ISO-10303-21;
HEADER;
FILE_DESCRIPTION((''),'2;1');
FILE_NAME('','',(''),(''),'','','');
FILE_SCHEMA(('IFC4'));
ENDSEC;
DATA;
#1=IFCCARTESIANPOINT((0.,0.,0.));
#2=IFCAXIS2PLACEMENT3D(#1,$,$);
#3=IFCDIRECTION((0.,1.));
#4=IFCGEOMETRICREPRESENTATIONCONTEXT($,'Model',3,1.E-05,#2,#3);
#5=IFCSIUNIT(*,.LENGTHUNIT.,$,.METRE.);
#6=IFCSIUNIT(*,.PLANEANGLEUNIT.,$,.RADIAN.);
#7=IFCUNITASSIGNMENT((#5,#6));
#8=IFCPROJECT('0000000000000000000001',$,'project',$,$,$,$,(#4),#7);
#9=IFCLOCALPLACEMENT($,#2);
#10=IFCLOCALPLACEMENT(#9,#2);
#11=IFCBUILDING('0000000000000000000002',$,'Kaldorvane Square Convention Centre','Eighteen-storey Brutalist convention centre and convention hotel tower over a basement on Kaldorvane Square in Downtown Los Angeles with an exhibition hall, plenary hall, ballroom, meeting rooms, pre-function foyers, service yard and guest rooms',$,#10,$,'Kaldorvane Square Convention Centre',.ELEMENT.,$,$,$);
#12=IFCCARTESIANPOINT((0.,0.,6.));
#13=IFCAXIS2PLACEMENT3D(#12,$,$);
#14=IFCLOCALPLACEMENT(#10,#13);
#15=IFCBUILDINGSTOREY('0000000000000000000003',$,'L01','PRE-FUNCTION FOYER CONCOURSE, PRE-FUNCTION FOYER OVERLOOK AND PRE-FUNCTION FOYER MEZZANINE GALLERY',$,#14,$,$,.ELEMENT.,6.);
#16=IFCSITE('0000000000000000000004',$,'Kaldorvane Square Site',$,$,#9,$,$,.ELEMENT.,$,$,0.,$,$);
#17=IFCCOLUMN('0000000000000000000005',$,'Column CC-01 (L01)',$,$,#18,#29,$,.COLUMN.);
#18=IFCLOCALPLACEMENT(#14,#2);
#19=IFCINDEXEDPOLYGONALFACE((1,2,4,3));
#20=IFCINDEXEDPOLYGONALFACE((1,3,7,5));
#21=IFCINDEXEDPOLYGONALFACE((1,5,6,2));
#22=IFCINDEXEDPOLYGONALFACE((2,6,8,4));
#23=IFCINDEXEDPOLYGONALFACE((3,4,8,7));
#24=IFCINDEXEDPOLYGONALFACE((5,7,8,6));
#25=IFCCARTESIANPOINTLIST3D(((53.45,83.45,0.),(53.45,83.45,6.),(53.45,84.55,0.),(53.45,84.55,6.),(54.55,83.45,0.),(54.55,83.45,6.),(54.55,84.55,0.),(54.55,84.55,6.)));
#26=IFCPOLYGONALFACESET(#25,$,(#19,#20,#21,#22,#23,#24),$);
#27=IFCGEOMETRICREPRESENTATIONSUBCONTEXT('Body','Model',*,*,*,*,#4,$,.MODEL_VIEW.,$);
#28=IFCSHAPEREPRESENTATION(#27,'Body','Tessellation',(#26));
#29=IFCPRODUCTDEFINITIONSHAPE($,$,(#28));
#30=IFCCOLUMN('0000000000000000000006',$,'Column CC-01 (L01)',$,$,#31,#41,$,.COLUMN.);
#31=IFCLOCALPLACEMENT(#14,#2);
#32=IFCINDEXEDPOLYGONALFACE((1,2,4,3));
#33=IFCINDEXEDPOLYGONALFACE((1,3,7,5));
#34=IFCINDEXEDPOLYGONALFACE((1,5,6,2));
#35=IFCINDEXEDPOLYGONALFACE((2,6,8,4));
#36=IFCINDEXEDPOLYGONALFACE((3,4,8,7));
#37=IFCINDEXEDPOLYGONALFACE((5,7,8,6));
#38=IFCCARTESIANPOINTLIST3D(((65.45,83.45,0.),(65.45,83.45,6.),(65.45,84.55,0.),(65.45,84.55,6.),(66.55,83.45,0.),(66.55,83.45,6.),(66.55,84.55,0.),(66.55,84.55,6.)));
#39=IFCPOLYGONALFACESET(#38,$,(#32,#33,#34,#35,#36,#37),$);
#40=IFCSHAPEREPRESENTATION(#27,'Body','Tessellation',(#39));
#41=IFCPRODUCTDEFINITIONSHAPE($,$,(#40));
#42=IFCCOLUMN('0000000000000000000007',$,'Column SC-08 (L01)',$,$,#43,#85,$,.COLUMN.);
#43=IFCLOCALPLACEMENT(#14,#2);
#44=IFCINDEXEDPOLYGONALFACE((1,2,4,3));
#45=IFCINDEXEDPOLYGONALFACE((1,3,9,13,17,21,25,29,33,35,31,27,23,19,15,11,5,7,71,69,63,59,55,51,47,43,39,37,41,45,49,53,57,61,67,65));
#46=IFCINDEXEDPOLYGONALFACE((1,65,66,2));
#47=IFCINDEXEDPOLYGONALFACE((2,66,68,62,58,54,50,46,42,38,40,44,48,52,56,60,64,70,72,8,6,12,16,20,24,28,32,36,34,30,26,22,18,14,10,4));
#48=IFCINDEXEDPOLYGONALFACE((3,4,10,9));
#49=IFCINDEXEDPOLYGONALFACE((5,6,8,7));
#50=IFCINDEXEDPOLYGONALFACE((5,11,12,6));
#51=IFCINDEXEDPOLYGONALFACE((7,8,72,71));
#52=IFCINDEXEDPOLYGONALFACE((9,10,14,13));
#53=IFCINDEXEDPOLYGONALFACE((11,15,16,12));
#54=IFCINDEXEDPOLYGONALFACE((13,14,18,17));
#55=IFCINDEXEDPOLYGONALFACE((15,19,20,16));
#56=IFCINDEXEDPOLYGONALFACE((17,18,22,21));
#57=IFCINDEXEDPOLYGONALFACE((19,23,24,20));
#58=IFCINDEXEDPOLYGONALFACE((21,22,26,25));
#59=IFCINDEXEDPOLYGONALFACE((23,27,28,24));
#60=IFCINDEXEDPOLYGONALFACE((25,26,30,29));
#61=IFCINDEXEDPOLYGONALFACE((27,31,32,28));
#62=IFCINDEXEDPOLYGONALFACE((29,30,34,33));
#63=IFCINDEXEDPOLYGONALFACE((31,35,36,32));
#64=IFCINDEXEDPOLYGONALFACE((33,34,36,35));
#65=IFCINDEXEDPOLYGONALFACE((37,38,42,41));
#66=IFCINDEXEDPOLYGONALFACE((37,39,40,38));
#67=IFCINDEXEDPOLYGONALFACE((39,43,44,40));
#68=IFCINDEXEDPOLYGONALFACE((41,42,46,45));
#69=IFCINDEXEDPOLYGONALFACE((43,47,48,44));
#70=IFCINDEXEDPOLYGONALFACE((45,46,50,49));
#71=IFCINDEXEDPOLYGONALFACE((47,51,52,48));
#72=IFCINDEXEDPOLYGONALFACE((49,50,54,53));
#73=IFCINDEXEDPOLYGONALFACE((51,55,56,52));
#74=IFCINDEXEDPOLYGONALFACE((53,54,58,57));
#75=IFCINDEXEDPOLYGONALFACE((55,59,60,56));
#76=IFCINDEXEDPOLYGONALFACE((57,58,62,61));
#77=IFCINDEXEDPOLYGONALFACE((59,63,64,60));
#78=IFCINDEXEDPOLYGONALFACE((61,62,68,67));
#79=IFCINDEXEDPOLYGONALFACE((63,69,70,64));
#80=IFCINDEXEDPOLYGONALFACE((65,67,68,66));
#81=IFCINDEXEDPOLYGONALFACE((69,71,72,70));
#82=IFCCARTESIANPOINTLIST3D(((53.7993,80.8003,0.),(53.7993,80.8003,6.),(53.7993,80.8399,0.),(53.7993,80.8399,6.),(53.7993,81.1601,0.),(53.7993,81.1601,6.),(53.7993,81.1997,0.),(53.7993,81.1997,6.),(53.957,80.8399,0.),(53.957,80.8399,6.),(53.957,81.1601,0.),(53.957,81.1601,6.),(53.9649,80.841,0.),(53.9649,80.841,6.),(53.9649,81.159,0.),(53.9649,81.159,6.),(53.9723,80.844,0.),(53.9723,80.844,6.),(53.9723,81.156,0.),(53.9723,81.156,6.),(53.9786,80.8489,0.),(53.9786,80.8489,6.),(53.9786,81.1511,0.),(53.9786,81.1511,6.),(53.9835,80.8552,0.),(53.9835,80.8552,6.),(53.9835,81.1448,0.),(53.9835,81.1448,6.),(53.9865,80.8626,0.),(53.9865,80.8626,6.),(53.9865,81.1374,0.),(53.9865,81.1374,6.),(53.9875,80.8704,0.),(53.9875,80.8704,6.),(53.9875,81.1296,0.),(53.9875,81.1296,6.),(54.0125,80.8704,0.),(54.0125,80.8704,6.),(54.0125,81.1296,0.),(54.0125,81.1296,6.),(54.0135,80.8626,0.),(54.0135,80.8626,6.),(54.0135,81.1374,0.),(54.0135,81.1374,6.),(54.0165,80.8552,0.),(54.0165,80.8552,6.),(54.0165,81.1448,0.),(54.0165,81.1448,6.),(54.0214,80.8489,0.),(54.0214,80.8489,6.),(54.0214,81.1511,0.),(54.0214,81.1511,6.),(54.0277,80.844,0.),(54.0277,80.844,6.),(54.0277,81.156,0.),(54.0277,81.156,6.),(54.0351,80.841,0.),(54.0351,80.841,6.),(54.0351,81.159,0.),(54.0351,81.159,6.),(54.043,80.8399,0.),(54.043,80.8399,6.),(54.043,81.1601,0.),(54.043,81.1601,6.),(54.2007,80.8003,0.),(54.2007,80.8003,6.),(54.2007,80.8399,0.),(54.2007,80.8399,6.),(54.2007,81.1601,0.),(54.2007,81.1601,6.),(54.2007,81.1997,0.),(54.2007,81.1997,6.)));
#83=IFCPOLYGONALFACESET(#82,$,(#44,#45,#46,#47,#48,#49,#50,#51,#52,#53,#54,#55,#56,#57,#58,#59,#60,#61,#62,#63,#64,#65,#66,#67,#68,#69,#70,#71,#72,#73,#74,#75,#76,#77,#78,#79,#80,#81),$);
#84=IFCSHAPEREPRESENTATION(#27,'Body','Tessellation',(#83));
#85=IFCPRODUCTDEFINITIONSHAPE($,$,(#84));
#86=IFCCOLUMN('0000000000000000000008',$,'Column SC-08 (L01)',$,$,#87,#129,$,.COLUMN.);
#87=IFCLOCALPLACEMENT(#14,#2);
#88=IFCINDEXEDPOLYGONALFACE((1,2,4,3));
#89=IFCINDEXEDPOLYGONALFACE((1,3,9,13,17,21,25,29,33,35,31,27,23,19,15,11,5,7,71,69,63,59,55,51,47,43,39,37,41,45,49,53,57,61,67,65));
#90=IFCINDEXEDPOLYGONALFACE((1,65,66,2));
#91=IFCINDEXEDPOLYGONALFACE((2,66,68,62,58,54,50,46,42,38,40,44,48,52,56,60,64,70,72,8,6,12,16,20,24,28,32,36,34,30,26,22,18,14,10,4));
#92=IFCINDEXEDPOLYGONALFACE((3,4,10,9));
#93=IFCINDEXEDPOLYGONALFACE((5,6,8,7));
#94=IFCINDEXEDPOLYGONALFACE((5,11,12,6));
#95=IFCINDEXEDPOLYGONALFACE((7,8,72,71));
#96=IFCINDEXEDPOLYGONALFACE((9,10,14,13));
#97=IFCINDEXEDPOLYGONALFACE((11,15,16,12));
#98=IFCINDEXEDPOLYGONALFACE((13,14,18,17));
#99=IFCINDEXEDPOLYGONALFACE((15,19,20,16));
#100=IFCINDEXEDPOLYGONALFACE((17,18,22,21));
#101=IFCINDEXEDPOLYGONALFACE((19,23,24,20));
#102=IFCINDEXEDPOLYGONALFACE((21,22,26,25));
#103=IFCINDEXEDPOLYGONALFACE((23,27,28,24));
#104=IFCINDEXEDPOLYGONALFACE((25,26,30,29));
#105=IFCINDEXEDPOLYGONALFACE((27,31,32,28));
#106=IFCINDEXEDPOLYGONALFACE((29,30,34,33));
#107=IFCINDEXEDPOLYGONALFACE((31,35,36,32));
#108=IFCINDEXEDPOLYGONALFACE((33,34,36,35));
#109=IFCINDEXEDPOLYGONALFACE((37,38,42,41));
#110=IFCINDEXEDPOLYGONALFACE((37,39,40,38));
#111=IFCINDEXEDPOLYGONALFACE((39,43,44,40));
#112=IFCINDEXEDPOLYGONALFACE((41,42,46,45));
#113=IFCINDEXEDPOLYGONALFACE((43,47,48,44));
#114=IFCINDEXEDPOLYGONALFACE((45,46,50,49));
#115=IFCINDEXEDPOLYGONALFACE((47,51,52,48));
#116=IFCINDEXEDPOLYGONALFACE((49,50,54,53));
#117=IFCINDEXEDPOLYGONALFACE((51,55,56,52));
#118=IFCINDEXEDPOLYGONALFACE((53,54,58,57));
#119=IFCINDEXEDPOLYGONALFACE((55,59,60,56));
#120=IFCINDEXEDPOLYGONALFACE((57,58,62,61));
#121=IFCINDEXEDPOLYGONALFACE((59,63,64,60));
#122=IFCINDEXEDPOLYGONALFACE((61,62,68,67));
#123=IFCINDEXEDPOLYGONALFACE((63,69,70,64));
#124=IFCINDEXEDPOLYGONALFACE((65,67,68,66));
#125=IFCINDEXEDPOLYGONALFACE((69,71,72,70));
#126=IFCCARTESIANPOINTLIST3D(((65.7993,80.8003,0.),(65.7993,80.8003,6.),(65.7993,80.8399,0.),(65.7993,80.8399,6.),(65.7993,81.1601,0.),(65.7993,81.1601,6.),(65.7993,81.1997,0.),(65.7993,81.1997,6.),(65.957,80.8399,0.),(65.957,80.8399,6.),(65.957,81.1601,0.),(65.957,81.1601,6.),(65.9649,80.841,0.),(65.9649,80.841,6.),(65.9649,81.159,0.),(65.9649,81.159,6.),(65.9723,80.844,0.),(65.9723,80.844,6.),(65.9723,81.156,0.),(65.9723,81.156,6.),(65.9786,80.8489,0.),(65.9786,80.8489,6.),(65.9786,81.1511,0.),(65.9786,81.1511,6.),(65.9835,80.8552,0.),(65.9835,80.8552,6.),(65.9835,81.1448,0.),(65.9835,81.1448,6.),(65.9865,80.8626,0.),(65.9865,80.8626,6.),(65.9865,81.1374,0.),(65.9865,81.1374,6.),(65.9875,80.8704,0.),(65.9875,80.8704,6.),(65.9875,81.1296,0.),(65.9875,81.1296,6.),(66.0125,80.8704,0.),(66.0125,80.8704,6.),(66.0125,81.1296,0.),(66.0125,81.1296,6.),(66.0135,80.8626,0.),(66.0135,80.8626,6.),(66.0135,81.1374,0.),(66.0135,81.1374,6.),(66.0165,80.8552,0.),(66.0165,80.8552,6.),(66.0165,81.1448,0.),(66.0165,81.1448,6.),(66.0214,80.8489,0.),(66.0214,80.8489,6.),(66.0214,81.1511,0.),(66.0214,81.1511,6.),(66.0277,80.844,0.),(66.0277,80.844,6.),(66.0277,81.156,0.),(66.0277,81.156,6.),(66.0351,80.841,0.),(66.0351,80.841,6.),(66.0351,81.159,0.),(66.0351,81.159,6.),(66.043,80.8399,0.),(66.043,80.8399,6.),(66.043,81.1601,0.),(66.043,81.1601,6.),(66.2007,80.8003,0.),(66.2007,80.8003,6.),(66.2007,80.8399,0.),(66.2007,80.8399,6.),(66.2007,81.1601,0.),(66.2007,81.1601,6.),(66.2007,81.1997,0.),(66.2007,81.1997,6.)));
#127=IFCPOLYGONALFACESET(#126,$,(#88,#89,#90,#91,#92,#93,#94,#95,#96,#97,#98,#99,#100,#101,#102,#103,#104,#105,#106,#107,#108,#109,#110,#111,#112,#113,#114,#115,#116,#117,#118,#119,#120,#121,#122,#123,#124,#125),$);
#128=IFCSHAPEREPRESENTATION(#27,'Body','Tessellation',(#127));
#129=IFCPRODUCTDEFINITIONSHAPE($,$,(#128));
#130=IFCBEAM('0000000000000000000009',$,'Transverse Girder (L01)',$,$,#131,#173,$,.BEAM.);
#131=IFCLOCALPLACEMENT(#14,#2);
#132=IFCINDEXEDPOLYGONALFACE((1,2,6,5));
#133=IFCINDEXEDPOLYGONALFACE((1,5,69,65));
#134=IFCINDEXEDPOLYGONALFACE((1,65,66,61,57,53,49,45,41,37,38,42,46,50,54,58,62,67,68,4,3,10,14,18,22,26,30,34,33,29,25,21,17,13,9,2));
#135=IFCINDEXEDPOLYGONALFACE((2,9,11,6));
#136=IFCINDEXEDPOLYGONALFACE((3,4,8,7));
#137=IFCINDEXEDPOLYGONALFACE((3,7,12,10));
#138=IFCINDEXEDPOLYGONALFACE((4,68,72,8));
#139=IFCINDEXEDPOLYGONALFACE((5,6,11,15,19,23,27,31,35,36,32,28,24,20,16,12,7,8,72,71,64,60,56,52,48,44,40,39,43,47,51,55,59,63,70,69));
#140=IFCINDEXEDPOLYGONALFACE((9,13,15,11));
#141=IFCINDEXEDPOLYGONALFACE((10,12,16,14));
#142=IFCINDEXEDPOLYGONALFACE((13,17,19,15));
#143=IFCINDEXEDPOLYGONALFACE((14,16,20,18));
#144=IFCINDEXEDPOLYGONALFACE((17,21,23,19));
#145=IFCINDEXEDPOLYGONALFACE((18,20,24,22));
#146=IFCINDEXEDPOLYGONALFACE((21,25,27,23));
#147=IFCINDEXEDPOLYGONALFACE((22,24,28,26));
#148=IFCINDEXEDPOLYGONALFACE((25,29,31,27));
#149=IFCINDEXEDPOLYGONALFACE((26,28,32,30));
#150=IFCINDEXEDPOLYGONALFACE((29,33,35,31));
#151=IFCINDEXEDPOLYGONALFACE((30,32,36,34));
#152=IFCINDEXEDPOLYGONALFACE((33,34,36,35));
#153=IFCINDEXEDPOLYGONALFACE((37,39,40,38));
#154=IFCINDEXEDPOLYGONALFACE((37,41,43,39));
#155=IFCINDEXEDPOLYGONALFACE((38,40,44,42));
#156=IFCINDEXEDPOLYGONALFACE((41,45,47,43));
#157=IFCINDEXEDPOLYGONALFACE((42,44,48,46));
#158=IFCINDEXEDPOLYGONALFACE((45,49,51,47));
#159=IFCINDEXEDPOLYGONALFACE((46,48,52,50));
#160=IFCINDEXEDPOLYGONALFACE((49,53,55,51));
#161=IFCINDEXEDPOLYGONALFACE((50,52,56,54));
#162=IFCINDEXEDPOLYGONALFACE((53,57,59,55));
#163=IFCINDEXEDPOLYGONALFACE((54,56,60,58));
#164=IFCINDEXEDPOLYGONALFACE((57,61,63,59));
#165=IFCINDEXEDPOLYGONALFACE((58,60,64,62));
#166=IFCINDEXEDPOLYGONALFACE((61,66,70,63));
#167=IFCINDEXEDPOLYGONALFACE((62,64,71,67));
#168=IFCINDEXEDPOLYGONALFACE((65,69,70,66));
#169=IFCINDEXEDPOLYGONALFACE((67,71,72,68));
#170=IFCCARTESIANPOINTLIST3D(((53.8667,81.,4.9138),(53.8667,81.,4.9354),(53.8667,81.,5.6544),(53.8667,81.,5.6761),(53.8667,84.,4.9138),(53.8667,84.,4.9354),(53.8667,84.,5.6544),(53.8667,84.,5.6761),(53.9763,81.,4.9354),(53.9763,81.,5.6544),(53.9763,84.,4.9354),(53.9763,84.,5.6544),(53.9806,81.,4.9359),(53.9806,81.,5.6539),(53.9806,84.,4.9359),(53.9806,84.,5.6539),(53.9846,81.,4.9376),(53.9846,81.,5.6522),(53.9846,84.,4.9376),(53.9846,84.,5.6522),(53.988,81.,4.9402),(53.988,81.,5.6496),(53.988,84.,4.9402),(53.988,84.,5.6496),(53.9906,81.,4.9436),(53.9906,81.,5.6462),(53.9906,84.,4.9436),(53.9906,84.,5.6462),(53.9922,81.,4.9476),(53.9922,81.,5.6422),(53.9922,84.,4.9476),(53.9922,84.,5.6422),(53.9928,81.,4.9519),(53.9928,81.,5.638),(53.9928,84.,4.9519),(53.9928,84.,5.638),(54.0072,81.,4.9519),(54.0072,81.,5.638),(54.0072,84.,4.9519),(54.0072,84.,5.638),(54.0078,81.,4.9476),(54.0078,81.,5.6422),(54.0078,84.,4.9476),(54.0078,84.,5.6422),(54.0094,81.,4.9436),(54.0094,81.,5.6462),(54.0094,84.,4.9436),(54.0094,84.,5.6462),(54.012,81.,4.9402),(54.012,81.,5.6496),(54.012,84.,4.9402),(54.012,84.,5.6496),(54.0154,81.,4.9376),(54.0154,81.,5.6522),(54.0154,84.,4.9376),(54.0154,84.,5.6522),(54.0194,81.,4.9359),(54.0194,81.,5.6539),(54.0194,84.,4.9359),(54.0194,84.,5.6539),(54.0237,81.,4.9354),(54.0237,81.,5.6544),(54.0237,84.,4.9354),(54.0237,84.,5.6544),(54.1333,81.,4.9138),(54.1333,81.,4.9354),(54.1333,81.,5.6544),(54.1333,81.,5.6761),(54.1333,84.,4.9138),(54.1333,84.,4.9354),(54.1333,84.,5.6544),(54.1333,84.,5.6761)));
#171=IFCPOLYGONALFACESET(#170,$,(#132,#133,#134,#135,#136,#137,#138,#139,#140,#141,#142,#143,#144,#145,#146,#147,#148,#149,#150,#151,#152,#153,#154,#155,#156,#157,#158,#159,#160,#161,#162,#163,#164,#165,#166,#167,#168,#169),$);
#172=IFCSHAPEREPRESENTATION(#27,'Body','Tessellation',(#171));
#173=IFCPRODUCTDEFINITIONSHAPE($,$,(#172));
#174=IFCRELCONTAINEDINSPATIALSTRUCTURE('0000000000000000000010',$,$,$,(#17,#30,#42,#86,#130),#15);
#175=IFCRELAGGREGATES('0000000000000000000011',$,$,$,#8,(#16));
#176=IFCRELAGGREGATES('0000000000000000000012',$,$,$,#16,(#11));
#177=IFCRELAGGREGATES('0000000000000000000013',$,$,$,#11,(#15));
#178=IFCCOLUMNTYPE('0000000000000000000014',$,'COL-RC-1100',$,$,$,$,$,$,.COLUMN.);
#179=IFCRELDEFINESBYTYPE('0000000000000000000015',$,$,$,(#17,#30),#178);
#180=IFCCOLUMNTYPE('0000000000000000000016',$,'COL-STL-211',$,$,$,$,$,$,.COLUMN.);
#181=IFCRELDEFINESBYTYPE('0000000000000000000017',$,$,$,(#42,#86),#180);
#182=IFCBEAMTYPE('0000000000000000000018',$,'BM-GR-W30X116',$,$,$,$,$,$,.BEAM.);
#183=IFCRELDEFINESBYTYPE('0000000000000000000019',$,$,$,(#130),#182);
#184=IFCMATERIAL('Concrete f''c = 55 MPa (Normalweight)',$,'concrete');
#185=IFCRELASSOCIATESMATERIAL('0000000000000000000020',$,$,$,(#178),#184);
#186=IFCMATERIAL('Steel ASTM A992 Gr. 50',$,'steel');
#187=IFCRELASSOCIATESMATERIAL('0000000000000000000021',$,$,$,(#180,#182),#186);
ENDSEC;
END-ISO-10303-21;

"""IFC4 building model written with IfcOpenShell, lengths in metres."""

from ifc_helpers import new_model, si_unit, direction, frame, origin, origin_2d, place, context, subcontext, project, spatial, rectangle, i_section, extrude, material, material_profile, profile_set, type_object, element, save


model = new_model("IFC4")

# Units and contexts
model_context = context("Model", 3, precision=1e-05, world=origin(), true_north=direction((0.0, 1.0)))
body_context = subcontext(model_context, "Body", "Model", "MODEL_VIEW")
ifc_project = project(units=[si_unit("LENGTHUNIT", "METRE"), si_unit("PLANEANGLEUNIT", "RADIAN")], contexts=[model_context])

# Site, building, storey
site_placement = place(None, origin())
site = spatial("IfcSite", under=ifc_project, at=site_placement, Name="Kaldorvane Square Site", CompositionType="ELEMENT", RefElevation=0.0)
building_placement = place(site_placement, origin())
building = spatial("IfcBuilding", under=site, at=building_placement, Name="Kaldorvane Square Convention Centre", Description="Eighteen-storey Brutalist convention centre and convention hotel tower over a basement on Kaldorvane Square in Downtown Los Angeles with an exhibition hall, plenary hall, ballroom, meeting rooms, pre-function foyers, service yard and guest rooms", LongName="Kaldorvane Square Convention Centre", CompositionType="ELEMENT")
storey_placement = place(building_placement, frame((0.0, 0.0, 6.0)))
storey = spatial("IfcBuildingStorey", under=building, at=storey_placement, Name="L01", Description="PRE-FUNCTION FOYER CONCOURSE, PRE-FUNCTION FOYER OVERLOOK AND PRE-FUNCTION FOYER MEZZANINE GALLERY", CompositionType="ELEMENT", Elevation=6.0)

# Columns
ifc_material_1 = material(Name="Concrete f'c = 55 MPa (Normalweight)", Category="concrete")
ifc_material_profile_1 = material_profile(ifc_material_1, rectangle(XDim=1.1, YDim=1.1, at=origin_2d()), Name="RC1100X1100")
ifc_profile_set_1 = profile_set([ifc_material_profile_1], Name="Concrete f'c = 55 MPa (Normalweight)")
column_type_1 = type_object("IfcColumnType", Name="COL-RC-1100", PredefinedType="COLUMN", material=ifc_profile_set_1)
for number, where, z_axis, x_axis, name in (
    (1, (54.0, 84.0, 0.0), (0.0, 0.0, 1.0), (1.0, 0.0, 0.0), "Column CC-01 (L01)"),
    (2, (66.0, 84.0, 0.0), (0.0, 0.0, 1.0), (1.0, 0.0, 0.0), "Column CC-01 (L01)"),
):
    element("IfcColumn", number, at=place(storey_placement, frame(where, z_axis=z_axis, x_axis=x_axis)), inside=storey, type_object=column_type_1, Name=name, PredefinedType="COLUMN", context=body_context, shape_type="SweptSolid", body=[
        extrude(rectangle(XDim=1.1, YDim=1.1, at=origin_2d()), origin(), (0.0, 0.0, 1.0), 6.0),
    ])
ifc_material_2 = material(Name="Steel ASTM A992 Gr. 50", Category="steel")
ifc_material_profile_2 = material_profile(ifc_material_2, i_section(OverallWidth=0.4013, OverallDepth=0.3993, WebThickness=0.0249, FlangeThickness=0.0396, FilletRadius=0.0305, at=origin_2d()), Name="W14X211")
ifc_profile_set_2 = profile_set([ifc_material_profile_2], Name="Steel ASTM A992 Gr. 50")
column_type_2 = type_object("IfcColumnType", Name="COL-STL-211", PredefinedType="COLUMN", material=ifc_profile_set_2)
for number, where, z_axis, x_axis, name in (
    (3, (54.0, 81.0, 0.0), (0.0, 0.0, 1.0), (1.0, 0.0, 0.0), "Column SC-08 (L01)"),
    (4, (66.0, 81.0, 0.0), (0.0, 0.0, 1.0), (1.0, 0.0, 0.0), "Column SC-08 (L01)"),
):
    element("IfcColumn", number, at=place(storey_placement, frame(where, z_axis=z_axis, x_axis=x_axis)), inside=storey, type_object=column_type_2, Name=name, PredefinedType="COLUMN", context=body_context, shape_type="SweptSolid", body=[
        extrude(i_section(OverallWidth=0.4013, OverallDepth=0.3993, WebThickness=0.0249, FlangeThickness=0.0396, FilletRadius=0.0305, at=origin_2d()), origin(), (0.0, 0.0, 1.0), 6.0),
    ])

# Beam
ifc_material_profile_3 = material_profile(ifc_material_2, i_section(OverallWidth=0.2666, OverallDepth=0.7623, WebThickness=0.0144, FlangeThickness=0.0216, FilletRadius=0.0165, at=origin_2d()), Name="W30X116")
ifc_profile_set_3 = profile_set([ifc_material_profile_3], Name="Steel ASTM A992 Gr. 50")
beam_type_1 = type_object("IfcBeamType", Name="BM-GR-W30X116", PredefinedType="BEAM", material=ifc_profile_set_3)
for number, where, z_axis, x_axis, name in (
    (5, (54.0, 81.0, 5.2949), (0.0, 1.0, 0.0), (-1.0, 0.0, 0.0), "Transverse Girder (L01)"),
):
    element("IfcBeam", number, at=place(storey_placement, frame(where, z_axis=z_axis, x_axis=x_axis)), inside=storey, type_object=beam_type_1, Name=name, PredefinedType="BEAM", context=body_context, shape_type="SweptSolid", body=[
        extrude(i_section(OverallWidth=0.2666, OverallDepth=0.7623, WebThickness=0.0144, FlangeThickness=0.0216, FilletRadius=0.0165, at=origin_2d()), origin(), (0.0, 0.0, 1.0), 3.0),
    ])

save(model, "model.ifc")
